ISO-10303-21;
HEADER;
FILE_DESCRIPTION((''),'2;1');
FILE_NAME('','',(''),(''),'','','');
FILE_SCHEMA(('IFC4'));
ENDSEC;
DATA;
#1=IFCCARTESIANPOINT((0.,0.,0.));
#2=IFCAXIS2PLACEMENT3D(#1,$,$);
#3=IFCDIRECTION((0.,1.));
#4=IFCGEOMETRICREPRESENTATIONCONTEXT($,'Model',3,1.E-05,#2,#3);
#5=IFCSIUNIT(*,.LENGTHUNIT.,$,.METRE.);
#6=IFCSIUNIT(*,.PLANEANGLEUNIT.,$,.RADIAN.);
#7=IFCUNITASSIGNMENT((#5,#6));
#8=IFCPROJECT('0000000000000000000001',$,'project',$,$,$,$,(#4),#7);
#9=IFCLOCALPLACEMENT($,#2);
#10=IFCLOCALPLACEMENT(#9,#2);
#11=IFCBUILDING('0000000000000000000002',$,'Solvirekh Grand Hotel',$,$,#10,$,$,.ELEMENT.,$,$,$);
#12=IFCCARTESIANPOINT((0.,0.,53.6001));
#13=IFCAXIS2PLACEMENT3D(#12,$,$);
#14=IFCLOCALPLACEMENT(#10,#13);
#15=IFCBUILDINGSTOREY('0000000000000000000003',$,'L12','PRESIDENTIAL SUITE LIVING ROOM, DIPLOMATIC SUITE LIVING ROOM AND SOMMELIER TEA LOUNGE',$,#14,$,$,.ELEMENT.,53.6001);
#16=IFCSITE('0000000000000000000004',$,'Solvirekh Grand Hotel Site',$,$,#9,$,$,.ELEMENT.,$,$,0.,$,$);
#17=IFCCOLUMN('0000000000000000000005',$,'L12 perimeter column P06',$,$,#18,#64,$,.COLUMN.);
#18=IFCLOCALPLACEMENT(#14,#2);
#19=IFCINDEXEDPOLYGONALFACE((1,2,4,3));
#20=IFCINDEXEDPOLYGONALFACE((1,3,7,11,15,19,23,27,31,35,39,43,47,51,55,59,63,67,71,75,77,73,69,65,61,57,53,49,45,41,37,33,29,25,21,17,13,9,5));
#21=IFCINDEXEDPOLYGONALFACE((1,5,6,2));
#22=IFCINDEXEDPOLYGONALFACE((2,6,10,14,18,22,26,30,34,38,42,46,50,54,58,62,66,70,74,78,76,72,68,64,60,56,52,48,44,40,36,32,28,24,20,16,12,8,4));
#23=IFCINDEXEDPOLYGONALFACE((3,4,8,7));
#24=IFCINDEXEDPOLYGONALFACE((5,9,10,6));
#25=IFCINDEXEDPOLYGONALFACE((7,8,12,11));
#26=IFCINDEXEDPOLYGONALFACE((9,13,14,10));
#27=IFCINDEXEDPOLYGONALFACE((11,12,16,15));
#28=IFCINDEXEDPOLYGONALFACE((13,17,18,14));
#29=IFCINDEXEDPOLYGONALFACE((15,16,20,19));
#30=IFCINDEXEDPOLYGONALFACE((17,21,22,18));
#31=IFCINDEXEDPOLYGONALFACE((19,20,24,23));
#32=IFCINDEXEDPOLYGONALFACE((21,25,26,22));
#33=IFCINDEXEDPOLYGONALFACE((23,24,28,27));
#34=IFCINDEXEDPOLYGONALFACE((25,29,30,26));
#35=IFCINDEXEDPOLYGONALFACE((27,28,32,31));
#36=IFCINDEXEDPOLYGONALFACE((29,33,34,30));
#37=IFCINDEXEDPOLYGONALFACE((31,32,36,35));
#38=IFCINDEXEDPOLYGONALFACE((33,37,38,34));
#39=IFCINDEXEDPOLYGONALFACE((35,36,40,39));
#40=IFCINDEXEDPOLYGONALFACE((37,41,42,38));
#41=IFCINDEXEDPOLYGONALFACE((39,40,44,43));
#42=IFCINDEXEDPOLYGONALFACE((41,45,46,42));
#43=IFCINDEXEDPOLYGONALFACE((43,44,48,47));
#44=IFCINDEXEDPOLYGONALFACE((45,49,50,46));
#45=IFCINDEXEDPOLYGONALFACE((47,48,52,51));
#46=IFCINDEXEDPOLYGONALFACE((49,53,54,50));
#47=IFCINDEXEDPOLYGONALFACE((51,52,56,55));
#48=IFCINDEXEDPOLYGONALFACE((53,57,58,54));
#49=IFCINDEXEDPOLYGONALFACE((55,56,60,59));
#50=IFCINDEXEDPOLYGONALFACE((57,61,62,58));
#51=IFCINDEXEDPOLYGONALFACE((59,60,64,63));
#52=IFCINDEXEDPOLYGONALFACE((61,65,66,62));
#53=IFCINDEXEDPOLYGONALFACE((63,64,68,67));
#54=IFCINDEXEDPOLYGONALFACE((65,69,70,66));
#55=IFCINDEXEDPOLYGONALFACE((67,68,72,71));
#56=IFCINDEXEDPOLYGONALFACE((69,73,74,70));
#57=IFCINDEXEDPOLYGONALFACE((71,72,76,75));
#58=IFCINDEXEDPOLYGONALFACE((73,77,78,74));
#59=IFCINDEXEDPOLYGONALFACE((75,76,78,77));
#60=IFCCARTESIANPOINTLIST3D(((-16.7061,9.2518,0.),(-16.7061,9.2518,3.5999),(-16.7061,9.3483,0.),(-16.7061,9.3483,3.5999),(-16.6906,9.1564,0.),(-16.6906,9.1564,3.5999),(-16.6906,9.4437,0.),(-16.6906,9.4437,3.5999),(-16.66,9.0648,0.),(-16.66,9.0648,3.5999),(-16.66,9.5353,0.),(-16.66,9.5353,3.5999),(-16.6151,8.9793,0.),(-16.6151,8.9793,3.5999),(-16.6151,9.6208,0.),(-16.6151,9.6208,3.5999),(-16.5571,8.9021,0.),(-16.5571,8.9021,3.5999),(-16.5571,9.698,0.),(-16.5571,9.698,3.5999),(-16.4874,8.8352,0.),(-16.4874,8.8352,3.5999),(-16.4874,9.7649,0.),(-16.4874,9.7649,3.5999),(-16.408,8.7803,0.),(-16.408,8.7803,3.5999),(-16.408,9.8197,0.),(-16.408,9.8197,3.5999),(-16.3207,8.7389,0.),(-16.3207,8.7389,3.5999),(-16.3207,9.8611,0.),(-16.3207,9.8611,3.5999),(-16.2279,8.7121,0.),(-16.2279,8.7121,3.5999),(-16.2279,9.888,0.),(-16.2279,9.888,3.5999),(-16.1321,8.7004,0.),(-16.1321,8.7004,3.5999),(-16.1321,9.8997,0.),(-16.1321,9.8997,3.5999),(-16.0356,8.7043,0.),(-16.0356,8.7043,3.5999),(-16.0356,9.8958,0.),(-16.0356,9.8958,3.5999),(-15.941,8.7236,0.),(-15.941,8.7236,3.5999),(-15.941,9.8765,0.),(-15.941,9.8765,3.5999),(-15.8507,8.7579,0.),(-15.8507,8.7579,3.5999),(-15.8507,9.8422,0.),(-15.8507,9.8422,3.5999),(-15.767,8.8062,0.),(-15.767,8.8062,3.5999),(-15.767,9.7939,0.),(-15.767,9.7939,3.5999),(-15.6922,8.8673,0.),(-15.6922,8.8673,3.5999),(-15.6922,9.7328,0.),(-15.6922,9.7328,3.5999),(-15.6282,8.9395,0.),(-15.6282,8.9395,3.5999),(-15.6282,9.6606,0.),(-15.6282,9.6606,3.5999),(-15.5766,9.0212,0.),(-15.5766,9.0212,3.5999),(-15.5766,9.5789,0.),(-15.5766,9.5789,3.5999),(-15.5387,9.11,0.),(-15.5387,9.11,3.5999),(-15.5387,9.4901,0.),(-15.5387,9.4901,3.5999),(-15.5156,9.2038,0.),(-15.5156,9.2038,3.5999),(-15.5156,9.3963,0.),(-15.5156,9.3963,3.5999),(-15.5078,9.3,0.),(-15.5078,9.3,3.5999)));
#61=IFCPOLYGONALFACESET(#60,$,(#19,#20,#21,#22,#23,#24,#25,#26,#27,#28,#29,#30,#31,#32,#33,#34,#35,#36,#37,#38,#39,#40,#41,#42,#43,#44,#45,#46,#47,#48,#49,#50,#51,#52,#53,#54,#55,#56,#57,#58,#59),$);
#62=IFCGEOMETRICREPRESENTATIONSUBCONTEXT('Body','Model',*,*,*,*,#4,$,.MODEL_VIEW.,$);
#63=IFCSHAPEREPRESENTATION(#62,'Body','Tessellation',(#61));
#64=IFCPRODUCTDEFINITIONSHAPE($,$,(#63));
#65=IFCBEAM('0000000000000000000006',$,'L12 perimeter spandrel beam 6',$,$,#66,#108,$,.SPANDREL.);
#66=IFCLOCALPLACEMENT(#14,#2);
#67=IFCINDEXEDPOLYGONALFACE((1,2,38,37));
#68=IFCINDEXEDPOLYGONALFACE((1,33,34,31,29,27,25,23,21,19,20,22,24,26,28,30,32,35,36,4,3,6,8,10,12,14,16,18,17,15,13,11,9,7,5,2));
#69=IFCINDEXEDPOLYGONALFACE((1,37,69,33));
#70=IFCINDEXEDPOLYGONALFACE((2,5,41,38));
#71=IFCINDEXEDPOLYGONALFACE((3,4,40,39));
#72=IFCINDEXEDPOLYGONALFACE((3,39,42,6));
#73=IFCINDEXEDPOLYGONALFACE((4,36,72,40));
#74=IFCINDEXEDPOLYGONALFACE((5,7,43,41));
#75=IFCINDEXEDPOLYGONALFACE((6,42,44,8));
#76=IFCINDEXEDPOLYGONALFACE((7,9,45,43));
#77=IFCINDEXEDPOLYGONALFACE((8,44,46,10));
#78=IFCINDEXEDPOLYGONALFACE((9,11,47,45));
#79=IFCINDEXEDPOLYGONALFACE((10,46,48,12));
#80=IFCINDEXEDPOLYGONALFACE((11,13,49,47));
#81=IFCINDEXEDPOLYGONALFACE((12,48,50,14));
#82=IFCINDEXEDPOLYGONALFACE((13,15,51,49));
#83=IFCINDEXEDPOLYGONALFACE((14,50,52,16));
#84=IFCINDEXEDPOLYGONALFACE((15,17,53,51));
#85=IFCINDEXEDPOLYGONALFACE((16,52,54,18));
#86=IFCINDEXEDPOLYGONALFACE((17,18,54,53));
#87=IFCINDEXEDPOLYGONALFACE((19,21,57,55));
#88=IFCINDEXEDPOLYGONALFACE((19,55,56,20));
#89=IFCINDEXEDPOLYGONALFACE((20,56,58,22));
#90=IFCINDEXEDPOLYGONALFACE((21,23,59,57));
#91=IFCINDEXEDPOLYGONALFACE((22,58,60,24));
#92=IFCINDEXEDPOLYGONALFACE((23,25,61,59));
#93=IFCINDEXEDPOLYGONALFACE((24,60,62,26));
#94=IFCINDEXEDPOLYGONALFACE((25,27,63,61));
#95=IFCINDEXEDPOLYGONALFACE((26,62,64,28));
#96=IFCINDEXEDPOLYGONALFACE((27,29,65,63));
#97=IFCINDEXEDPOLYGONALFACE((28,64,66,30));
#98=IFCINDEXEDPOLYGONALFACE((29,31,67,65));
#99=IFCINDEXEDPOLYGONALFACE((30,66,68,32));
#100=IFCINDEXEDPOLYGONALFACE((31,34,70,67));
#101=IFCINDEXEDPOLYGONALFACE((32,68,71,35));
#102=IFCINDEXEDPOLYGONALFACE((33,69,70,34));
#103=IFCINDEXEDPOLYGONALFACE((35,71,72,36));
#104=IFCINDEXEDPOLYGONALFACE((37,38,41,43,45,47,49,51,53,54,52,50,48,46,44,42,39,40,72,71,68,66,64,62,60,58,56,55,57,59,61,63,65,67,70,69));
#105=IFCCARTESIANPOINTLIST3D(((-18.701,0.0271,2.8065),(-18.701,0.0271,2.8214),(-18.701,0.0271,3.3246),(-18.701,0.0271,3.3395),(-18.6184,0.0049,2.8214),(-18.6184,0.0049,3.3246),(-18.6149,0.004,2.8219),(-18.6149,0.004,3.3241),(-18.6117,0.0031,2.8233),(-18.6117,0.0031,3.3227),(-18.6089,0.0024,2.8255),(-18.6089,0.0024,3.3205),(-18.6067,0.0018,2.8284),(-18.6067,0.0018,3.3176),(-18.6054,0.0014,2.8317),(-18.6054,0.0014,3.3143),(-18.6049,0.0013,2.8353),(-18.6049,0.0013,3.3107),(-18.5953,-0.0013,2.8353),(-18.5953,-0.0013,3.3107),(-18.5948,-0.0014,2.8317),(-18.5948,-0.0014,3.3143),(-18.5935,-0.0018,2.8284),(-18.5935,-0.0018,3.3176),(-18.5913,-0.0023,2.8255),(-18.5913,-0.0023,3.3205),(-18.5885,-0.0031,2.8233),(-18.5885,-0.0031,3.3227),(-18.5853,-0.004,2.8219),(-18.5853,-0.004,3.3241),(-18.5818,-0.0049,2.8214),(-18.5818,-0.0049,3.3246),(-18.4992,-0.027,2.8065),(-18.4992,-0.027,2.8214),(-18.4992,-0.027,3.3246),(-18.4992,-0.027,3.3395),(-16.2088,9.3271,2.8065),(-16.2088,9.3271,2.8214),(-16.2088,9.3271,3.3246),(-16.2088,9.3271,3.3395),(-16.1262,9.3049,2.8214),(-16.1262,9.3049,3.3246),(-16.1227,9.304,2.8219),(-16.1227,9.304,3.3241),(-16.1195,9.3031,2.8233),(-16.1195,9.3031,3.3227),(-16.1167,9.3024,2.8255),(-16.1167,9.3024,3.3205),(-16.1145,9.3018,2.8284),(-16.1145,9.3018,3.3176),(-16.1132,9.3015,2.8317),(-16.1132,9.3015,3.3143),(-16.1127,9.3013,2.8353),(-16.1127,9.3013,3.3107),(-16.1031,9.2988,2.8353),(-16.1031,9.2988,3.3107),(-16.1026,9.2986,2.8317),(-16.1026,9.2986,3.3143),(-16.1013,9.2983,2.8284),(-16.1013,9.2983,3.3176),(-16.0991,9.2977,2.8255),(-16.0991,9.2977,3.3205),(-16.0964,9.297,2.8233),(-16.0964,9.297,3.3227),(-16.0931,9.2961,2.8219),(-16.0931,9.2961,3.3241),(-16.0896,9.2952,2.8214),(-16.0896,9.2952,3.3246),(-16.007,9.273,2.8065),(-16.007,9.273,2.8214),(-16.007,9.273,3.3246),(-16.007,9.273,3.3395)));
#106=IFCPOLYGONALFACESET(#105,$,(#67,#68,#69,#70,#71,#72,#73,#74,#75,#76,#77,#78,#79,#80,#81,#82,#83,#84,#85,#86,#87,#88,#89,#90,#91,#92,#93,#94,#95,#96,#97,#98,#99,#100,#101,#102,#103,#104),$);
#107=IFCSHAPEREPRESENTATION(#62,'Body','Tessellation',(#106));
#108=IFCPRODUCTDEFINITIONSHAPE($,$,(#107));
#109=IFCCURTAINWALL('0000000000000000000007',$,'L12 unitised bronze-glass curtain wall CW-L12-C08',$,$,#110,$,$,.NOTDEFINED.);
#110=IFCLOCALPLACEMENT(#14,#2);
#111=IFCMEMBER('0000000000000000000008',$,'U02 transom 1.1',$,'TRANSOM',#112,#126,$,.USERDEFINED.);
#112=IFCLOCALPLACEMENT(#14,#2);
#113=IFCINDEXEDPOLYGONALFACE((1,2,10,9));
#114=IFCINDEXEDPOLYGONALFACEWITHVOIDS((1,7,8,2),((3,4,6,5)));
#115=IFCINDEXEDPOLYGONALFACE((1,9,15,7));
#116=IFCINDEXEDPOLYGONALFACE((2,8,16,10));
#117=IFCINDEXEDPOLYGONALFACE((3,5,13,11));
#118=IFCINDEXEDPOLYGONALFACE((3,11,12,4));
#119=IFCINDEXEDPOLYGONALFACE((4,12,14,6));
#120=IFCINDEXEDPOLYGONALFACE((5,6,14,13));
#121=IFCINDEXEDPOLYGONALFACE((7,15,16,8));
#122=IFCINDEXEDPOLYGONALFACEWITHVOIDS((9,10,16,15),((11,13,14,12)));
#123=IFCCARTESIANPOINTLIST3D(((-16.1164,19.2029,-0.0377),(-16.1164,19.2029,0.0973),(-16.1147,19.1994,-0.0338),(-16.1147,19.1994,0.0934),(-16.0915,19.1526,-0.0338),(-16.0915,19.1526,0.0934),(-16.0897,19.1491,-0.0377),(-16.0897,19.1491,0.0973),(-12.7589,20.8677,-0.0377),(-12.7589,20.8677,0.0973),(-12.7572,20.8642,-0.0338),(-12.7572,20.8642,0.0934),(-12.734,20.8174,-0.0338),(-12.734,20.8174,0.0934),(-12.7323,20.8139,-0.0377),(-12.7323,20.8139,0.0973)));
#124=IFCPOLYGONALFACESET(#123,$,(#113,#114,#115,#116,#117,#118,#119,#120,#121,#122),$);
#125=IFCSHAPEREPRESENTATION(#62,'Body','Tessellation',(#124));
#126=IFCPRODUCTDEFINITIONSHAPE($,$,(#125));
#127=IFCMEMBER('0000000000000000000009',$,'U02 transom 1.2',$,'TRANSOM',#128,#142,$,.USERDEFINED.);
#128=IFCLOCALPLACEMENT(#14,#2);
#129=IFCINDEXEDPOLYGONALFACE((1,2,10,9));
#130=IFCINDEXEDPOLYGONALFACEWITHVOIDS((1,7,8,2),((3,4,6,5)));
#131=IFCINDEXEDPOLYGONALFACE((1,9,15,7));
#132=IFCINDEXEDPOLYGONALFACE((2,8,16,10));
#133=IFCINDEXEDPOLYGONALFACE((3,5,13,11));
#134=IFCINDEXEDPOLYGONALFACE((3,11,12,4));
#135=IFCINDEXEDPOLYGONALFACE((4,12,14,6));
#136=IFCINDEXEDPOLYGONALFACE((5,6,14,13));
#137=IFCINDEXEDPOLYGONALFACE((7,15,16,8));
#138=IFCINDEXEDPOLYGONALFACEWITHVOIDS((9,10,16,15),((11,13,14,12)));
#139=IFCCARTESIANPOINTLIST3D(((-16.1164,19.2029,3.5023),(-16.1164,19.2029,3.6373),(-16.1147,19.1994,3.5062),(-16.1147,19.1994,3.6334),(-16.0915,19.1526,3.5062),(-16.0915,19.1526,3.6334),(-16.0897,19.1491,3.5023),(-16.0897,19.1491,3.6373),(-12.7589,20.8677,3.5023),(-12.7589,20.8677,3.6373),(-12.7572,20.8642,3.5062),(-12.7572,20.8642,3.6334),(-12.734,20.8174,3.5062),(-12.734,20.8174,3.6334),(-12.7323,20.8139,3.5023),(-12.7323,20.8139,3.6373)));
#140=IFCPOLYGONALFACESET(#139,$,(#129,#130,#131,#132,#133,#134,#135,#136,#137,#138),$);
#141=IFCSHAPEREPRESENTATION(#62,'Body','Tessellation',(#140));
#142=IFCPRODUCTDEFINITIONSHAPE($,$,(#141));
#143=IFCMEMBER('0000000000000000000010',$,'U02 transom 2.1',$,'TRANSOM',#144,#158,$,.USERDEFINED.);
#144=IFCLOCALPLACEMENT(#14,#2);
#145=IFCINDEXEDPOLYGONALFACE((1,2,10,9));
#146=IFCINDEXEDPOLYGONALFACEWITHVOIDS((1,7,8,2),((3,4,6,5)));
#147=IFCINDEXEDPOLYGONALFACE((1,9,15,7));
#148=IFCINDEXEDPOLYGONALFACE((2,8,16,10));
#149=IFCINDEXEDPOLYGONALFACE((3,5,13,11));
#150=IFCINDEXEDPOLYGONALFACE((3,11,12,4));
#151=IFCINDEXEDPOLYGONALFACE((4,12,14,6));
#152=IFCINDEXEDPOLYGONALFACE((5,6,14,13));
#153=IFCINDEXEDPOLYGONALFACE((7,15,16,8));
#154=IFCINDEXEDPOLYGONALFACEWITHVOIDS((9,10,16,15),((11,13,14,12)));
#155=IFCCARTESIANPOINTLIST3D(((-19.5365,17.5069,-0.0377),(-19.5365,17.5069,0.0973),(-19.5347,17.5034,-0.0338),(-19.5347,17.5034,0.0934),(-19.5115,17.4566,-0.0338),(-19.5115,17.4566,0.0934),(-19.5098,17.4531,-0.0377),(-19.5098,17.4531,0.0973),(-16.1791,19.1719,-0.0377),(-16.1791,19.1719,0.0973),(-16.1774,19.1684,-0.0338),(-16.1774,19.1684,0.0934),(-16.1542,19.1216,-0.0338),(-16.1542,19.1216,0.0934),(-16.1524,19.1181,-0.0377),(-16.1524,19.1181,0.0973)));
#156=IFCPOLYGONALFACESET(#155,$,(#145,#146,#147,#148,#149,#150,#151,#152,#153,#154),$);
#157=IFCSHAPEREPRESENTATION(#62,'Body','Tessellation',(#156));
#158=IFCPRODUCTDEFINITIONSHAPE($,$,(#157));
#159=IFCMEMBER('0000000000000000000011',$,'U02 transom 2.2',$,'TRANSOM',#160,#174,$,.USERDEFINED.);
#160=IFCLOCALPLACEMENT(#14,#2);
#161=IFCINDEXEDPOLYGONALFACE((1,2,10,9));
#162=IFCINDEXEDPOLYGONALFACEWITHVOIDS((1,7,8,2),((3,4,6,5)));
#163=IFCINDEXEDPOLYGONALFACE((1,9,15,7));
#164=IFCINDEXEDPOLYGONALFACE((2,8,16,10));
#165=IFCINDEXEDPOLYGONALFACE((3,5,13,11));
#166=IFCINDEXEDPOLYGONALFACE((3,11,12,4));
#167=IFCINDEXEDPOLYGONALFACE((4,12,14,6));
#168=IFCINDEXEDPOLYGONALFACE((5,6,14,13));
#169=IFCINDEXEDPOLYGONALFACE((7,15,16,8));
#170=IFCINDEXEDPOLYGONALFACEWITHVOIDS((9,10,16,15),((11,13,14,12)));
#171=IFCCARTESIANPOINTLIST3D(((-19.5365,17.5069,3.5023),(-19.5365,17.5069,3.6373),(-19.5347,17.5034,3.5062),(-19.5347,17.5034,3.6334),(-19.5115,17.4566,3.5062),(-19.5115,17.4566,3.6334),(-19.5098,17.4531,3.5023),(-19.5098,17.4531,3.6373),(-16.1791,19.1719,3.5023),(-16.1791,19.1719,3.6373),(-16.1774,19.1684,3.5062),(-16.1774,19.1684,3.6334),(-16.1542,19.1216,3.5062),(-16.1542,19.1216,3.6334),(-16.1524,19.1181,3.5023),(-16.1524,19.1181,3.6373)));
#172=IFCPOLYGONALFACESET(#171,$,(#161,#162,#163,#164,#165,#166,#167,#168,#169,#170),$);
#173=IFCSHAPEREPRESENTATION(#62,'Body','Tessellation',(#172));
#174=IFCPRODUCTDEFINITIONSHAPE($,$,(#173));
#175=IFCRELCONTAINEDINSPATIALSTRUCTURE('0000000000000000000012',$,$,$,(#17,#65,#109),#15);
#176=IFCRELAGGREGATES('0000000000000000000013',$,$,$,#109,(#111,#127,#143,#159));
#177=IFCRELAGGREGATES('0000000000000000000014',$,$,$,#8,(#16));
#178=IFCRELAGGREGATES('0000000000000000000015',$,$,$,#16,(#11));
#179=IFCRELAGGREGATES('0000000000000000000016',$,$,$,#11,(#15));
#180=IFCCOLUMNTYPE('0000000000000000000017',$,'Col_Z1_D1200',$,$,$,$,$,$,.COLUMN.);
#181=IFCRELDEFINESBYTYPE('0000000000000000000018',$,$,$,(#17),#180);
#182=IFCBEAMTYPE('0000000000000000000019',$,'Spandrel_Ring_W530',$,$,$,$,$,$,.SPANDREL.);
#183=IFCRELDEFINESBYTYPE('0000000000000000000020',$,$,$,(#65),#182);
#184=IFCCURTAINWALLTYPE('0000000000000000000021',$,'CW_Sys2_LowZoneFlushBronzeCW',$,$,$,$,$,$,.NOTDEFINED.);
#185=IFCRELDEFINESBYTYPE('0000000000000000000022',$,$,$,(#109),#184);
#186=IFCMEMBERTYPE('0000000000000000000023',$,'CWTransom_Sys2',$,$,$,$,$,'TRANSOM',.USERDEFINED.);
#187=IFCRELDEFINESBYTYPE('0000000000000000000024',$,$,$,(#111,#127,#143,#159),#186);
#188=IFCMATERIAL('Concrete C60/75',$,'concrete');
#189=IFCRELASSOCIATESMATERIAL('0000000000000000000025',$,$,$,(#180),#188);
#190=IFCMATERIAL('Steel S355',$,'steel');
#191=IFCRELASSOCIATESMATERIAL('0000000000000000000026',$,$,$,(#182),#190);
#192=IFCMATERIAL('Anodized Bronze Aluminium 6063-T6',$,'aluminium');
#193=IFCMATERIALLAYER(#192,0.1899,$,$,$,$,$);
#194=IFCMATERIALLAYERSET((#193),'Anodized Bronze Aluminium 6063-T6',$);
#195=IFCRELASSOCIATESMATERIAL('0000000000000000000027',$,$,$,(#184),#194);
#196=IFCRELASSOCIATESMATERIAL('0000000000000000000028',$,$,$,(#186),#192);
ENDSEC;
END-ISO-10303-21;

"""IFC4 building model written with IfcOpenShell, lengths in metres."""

from ifc_helpers import new_model, si_unit, direction, frame, origin, origin_2d, place, context, subcontext, project, spatial, hollow_rectangle, circle, i_section, extrude, source, transform, mapped, material, layer, layer_set, material_profile, profile_set, type_object, element, aggregate, save


model = new_model("IFC4")

# Units and contexts
model_context = context("Model", 3, precision=1e-05, world=origin(), true_north=direction((0.0, 1.0)))
body_context = subcontext(model_context, "Body", "Model", "MODEL_VIEW")
ifc_project = project(units=[si_unit("LENGTHUNIT", "METRE"), si_unit("PLANEANGLEUNIT", "RADIAN")], contexts=[model_context])

# Site, building, storey
site_placement = place(None, origin())
site = spatial("IfcSite", under=ifc_project, at=site_placement, Name="Solvirekh Grand Hotel Site", CompositionType="ELEMENT", RefElevation=0.0)
building_placement = place(site_placement, origin())
building = spatial("IfcBuilding", under=site, at=building_placement, Name="Solvirekh Grand Hotel", CompositionType="ELEMENT")
storey_placement = place(building_placement, frame((0.0, 0.0, 53.6001)))
storey = spatial("IfcBuildingStorey", under=building, at=storey_placement, Name="L12", Description="PRESIDENTIAL SUITE LIVING ROOM, DIPLOMATIC SUITE LIVING ROOM AND SOMMELIER TEA LOUNGE", CompositionType="ELEMENT", Elevation=53.6001)

# Column
ifc_material_1 = material(Name="Concrete C60/75", Category="concrete")
ifc_material_profile_1 = material_profile(ifc_material_1, circle(Radius=0.6001, at=origin_2d()), Name="RC CIRC D1200")
ifc_profile_set_1 = profile_set([ifc_material_profile_1], Name="Concrete C60/75")
column_type = type_object("IfcColumnType", Name="Col_Z1_D1200", PredefinedType="COLUMN", material=ifc_profile_set_1)
column_placement = place(storey_placement, frame((-16.1079, 9.3, 0.0), z_axis=(0.0, 0.0, 1.0), x_axis=(1.0, 0.0, 0.0)))
element("IfcColumn", 1, at=column_placement, inside=storey, type_object=column_type, Name="L12 perimeter column P06", PredefinedType="COLUMN", context=body_context, shape_type="SweptSolid", body=[
    extrude(circle(Radius=0.6001, at=origin_2d()), origin(), (0.0, 0.0, 1.0), 3.5999),
])

# Beam
ifc_material_2 = material(Name="Steel S355", Category="steel")
ifc_material_profile_2 = material_profile(ifc_material_2, i_section(OverallWidth=0.209, OverallDepth=0.533, WebThickness=0.01, FlangeThickness=0.0149, FilletRadius=0.0139, at=origin_2d()), Name="W530X92")
ifc_profile_set_2 = profile_set([ifc_material_profile_2], Name="Steel S355")
beam_type = type_object("IfcBeamType", Name="Spandrel_Ring_W530", PredefinedType="SPANDREL", material=ifc_profile_set_2)
beam_placement = place(storey_placement, frame((-16.1079, 9.3, 3.073), z_axis=(-0.258843, -0.965919, 0.0), x_axis=(0.965919, -0.258843, 0.0)))
element("IfcBeam", 2, at=beam_placement, inside=storey, type_object=beam_type, Name="L12 perimeter spandrel beam 6", PredefinedType="SPANDREL", context=body_context, shape_type="SweptSolid", body=[
    extrude(i_section(OverallWidth=0.209, OverallDepth=0.533, WebThickness=0.01, FlangeThickness=0.0149, FilletRadius=0.0139, at=origin_2d()), origin(), (0.0, 0.0, 1.0), 9.6282),
])

# Curtain wall, members
ifc_material_3 = material(Name="Anodized Bronze Aluminium 6063-T6", Category="aluminium")
ifc_layer_1 = layer(ifc_material_3, 0.1899)
ifc_layer_set_1 = layer_set([ifc_layer_1], Name="Anodized Bronze Aluminium 6063-T6")
curtain_wall_type = type_object("IfcCurtainWallType", Name="CW_Sys2_LowZoneFlushBronzeCW", PredefinedType="NOTDEFINED", material=ifc_layer_set_1)
curtain_wall_1_placement = place(storey_placement, origin())
curtain_wall_1 = element("IfcCurtainWall", 3, at=curtain_wall_1_placement, inside=storey, type_object=curtain_wall_type, Name="L12 unitised bronze-glass curtain wall CW-L12-C08", PredefinedType="NOTDEFINED")
ifc_material_profile_3 = material_profile(ifc_material_3, hollow_rectangle(XDim=0.0601, YDim=0.135, WallThickness=0.0039, at=origin_2d()), Name="ALU RHS 135X60X4")
ifc_profile_set_3 = profile_set([ifc_material_profile_3], Name="Anodized Bronze Aluminium 6063-T6")
member_type_1 = type_object("IfcMemberType", Name="CWTransom_Sys2", ElementType="TRANSOM", PredefinedType="USERDEFINED", material=ifc_profile_set_3)
shared_shape_1 = source(origin(), body_context, "Body", "SweptSolid", [
    extrude(hollow_rectangle(XDim=0.0601, YDim=0.135, WallThickness=0.0039, at=origin_2d()), origin(), (0.0, 0.0, 1.0), 3.7476),
])
member_1_placement = place(storey_placement, frame((-12.7456, 20.8408, 0.0298), z_axis=(-0.895908, -0.44424, 0.0), x_axis=(0.44424, -0.895908, 0.0)))
member_1 = element("IfcMember", 4, at=member_1_placement, type_object=member_type_1, Name="U02 transom 1.1", ObjectType="TRANSOM", PredefinedType="USERDEFINED", context=body_context, shape_type="MappedRepresentation", body=[
    mapped(shared_shape_1, transform((0.0, 0.0, 0.0), x_axis=(1.0, 0.0, 0.0), y_axis=(0.0, 1.0, 0.0), z_axis=(0.0, 0.0, 1.0), scale=1.0)),
])
member_2_placement = place(storey_placement, frame((-12.7456, 20.8408, 3.5698), z_axis=(-0.895908, -0.44424, 0.0), x_axis=(0.44424, -0.895908, 0.0)))
member_2 = element("IfcMember", 5, at=member_2_placement, type_object=member_type_1, Name="U02 transom 1.2", ObjectType="TRANSOM", PredefinedType="USERDEFINED", context=body_context, shape_type="MappedRepresentation", body=[
    mapped(shared_shape_1, transform((0.0, 0.0, 0.0), x_axis=(1.0, 0.0, 0.0), y_axis=(0.0, 1.0, 0.0), z_axis=(0.0, 0.0, 1.0), scale=1.0)),
])
member_3_placement = place(storey_placement, frame((-16.1658, 19.145, 0.0298), z_axis=(-0.895882, -0.444293, 0.0), x_axis=(0.444293, -0.895882, 0.0)))
member_3 = element("IfcMember", 6, at=member_3_placement, type_object=member_type_1, Name="U02 transom 2.1", ObjectType="TRANSOM", PredefinedType="USERDEFINED", context=body_context, shape_type="MappedRepresentation", body=[
    mapped(shared_shape_1, transform((0.0, 0.0, 0.0), x_axis=(1.0, 0.0, 0.0), y_axis=(0.0, 1.0, 0.0), z_axis=(0.0, 0.0, 1.0), scale=1.0)),
])
member_4_placement = place(storey_placement, frame((-16.1658, 19.145, 3.5698), z_axis=(-0.895882, -0.444293, 0.0), x_axis=(0.444293, -0.895882, 0.0)))
member_4 = element("IfcMember", 7, at=member_4_placement, type_object=member_type_1, Name="U02 transom 2.2", ObjectType="TRANSOM", PredefinedType="USERDEFINED", context=body_context, shape_type="MappedRepresentation", body=[
    mapped(shared_shape_1, transform((0.0, 0.0, 0.0), x_axis=(1.0, 0.0, 0.0), y_axis=(0.0, 1.0, 0.0), z_axis=(0.0, 0.0, 1.0), scale=1.0)),
])

aggregate(curtain_wall_1, [member_1, member_2, member_3, member_4])

save(model, "model.ifc")
